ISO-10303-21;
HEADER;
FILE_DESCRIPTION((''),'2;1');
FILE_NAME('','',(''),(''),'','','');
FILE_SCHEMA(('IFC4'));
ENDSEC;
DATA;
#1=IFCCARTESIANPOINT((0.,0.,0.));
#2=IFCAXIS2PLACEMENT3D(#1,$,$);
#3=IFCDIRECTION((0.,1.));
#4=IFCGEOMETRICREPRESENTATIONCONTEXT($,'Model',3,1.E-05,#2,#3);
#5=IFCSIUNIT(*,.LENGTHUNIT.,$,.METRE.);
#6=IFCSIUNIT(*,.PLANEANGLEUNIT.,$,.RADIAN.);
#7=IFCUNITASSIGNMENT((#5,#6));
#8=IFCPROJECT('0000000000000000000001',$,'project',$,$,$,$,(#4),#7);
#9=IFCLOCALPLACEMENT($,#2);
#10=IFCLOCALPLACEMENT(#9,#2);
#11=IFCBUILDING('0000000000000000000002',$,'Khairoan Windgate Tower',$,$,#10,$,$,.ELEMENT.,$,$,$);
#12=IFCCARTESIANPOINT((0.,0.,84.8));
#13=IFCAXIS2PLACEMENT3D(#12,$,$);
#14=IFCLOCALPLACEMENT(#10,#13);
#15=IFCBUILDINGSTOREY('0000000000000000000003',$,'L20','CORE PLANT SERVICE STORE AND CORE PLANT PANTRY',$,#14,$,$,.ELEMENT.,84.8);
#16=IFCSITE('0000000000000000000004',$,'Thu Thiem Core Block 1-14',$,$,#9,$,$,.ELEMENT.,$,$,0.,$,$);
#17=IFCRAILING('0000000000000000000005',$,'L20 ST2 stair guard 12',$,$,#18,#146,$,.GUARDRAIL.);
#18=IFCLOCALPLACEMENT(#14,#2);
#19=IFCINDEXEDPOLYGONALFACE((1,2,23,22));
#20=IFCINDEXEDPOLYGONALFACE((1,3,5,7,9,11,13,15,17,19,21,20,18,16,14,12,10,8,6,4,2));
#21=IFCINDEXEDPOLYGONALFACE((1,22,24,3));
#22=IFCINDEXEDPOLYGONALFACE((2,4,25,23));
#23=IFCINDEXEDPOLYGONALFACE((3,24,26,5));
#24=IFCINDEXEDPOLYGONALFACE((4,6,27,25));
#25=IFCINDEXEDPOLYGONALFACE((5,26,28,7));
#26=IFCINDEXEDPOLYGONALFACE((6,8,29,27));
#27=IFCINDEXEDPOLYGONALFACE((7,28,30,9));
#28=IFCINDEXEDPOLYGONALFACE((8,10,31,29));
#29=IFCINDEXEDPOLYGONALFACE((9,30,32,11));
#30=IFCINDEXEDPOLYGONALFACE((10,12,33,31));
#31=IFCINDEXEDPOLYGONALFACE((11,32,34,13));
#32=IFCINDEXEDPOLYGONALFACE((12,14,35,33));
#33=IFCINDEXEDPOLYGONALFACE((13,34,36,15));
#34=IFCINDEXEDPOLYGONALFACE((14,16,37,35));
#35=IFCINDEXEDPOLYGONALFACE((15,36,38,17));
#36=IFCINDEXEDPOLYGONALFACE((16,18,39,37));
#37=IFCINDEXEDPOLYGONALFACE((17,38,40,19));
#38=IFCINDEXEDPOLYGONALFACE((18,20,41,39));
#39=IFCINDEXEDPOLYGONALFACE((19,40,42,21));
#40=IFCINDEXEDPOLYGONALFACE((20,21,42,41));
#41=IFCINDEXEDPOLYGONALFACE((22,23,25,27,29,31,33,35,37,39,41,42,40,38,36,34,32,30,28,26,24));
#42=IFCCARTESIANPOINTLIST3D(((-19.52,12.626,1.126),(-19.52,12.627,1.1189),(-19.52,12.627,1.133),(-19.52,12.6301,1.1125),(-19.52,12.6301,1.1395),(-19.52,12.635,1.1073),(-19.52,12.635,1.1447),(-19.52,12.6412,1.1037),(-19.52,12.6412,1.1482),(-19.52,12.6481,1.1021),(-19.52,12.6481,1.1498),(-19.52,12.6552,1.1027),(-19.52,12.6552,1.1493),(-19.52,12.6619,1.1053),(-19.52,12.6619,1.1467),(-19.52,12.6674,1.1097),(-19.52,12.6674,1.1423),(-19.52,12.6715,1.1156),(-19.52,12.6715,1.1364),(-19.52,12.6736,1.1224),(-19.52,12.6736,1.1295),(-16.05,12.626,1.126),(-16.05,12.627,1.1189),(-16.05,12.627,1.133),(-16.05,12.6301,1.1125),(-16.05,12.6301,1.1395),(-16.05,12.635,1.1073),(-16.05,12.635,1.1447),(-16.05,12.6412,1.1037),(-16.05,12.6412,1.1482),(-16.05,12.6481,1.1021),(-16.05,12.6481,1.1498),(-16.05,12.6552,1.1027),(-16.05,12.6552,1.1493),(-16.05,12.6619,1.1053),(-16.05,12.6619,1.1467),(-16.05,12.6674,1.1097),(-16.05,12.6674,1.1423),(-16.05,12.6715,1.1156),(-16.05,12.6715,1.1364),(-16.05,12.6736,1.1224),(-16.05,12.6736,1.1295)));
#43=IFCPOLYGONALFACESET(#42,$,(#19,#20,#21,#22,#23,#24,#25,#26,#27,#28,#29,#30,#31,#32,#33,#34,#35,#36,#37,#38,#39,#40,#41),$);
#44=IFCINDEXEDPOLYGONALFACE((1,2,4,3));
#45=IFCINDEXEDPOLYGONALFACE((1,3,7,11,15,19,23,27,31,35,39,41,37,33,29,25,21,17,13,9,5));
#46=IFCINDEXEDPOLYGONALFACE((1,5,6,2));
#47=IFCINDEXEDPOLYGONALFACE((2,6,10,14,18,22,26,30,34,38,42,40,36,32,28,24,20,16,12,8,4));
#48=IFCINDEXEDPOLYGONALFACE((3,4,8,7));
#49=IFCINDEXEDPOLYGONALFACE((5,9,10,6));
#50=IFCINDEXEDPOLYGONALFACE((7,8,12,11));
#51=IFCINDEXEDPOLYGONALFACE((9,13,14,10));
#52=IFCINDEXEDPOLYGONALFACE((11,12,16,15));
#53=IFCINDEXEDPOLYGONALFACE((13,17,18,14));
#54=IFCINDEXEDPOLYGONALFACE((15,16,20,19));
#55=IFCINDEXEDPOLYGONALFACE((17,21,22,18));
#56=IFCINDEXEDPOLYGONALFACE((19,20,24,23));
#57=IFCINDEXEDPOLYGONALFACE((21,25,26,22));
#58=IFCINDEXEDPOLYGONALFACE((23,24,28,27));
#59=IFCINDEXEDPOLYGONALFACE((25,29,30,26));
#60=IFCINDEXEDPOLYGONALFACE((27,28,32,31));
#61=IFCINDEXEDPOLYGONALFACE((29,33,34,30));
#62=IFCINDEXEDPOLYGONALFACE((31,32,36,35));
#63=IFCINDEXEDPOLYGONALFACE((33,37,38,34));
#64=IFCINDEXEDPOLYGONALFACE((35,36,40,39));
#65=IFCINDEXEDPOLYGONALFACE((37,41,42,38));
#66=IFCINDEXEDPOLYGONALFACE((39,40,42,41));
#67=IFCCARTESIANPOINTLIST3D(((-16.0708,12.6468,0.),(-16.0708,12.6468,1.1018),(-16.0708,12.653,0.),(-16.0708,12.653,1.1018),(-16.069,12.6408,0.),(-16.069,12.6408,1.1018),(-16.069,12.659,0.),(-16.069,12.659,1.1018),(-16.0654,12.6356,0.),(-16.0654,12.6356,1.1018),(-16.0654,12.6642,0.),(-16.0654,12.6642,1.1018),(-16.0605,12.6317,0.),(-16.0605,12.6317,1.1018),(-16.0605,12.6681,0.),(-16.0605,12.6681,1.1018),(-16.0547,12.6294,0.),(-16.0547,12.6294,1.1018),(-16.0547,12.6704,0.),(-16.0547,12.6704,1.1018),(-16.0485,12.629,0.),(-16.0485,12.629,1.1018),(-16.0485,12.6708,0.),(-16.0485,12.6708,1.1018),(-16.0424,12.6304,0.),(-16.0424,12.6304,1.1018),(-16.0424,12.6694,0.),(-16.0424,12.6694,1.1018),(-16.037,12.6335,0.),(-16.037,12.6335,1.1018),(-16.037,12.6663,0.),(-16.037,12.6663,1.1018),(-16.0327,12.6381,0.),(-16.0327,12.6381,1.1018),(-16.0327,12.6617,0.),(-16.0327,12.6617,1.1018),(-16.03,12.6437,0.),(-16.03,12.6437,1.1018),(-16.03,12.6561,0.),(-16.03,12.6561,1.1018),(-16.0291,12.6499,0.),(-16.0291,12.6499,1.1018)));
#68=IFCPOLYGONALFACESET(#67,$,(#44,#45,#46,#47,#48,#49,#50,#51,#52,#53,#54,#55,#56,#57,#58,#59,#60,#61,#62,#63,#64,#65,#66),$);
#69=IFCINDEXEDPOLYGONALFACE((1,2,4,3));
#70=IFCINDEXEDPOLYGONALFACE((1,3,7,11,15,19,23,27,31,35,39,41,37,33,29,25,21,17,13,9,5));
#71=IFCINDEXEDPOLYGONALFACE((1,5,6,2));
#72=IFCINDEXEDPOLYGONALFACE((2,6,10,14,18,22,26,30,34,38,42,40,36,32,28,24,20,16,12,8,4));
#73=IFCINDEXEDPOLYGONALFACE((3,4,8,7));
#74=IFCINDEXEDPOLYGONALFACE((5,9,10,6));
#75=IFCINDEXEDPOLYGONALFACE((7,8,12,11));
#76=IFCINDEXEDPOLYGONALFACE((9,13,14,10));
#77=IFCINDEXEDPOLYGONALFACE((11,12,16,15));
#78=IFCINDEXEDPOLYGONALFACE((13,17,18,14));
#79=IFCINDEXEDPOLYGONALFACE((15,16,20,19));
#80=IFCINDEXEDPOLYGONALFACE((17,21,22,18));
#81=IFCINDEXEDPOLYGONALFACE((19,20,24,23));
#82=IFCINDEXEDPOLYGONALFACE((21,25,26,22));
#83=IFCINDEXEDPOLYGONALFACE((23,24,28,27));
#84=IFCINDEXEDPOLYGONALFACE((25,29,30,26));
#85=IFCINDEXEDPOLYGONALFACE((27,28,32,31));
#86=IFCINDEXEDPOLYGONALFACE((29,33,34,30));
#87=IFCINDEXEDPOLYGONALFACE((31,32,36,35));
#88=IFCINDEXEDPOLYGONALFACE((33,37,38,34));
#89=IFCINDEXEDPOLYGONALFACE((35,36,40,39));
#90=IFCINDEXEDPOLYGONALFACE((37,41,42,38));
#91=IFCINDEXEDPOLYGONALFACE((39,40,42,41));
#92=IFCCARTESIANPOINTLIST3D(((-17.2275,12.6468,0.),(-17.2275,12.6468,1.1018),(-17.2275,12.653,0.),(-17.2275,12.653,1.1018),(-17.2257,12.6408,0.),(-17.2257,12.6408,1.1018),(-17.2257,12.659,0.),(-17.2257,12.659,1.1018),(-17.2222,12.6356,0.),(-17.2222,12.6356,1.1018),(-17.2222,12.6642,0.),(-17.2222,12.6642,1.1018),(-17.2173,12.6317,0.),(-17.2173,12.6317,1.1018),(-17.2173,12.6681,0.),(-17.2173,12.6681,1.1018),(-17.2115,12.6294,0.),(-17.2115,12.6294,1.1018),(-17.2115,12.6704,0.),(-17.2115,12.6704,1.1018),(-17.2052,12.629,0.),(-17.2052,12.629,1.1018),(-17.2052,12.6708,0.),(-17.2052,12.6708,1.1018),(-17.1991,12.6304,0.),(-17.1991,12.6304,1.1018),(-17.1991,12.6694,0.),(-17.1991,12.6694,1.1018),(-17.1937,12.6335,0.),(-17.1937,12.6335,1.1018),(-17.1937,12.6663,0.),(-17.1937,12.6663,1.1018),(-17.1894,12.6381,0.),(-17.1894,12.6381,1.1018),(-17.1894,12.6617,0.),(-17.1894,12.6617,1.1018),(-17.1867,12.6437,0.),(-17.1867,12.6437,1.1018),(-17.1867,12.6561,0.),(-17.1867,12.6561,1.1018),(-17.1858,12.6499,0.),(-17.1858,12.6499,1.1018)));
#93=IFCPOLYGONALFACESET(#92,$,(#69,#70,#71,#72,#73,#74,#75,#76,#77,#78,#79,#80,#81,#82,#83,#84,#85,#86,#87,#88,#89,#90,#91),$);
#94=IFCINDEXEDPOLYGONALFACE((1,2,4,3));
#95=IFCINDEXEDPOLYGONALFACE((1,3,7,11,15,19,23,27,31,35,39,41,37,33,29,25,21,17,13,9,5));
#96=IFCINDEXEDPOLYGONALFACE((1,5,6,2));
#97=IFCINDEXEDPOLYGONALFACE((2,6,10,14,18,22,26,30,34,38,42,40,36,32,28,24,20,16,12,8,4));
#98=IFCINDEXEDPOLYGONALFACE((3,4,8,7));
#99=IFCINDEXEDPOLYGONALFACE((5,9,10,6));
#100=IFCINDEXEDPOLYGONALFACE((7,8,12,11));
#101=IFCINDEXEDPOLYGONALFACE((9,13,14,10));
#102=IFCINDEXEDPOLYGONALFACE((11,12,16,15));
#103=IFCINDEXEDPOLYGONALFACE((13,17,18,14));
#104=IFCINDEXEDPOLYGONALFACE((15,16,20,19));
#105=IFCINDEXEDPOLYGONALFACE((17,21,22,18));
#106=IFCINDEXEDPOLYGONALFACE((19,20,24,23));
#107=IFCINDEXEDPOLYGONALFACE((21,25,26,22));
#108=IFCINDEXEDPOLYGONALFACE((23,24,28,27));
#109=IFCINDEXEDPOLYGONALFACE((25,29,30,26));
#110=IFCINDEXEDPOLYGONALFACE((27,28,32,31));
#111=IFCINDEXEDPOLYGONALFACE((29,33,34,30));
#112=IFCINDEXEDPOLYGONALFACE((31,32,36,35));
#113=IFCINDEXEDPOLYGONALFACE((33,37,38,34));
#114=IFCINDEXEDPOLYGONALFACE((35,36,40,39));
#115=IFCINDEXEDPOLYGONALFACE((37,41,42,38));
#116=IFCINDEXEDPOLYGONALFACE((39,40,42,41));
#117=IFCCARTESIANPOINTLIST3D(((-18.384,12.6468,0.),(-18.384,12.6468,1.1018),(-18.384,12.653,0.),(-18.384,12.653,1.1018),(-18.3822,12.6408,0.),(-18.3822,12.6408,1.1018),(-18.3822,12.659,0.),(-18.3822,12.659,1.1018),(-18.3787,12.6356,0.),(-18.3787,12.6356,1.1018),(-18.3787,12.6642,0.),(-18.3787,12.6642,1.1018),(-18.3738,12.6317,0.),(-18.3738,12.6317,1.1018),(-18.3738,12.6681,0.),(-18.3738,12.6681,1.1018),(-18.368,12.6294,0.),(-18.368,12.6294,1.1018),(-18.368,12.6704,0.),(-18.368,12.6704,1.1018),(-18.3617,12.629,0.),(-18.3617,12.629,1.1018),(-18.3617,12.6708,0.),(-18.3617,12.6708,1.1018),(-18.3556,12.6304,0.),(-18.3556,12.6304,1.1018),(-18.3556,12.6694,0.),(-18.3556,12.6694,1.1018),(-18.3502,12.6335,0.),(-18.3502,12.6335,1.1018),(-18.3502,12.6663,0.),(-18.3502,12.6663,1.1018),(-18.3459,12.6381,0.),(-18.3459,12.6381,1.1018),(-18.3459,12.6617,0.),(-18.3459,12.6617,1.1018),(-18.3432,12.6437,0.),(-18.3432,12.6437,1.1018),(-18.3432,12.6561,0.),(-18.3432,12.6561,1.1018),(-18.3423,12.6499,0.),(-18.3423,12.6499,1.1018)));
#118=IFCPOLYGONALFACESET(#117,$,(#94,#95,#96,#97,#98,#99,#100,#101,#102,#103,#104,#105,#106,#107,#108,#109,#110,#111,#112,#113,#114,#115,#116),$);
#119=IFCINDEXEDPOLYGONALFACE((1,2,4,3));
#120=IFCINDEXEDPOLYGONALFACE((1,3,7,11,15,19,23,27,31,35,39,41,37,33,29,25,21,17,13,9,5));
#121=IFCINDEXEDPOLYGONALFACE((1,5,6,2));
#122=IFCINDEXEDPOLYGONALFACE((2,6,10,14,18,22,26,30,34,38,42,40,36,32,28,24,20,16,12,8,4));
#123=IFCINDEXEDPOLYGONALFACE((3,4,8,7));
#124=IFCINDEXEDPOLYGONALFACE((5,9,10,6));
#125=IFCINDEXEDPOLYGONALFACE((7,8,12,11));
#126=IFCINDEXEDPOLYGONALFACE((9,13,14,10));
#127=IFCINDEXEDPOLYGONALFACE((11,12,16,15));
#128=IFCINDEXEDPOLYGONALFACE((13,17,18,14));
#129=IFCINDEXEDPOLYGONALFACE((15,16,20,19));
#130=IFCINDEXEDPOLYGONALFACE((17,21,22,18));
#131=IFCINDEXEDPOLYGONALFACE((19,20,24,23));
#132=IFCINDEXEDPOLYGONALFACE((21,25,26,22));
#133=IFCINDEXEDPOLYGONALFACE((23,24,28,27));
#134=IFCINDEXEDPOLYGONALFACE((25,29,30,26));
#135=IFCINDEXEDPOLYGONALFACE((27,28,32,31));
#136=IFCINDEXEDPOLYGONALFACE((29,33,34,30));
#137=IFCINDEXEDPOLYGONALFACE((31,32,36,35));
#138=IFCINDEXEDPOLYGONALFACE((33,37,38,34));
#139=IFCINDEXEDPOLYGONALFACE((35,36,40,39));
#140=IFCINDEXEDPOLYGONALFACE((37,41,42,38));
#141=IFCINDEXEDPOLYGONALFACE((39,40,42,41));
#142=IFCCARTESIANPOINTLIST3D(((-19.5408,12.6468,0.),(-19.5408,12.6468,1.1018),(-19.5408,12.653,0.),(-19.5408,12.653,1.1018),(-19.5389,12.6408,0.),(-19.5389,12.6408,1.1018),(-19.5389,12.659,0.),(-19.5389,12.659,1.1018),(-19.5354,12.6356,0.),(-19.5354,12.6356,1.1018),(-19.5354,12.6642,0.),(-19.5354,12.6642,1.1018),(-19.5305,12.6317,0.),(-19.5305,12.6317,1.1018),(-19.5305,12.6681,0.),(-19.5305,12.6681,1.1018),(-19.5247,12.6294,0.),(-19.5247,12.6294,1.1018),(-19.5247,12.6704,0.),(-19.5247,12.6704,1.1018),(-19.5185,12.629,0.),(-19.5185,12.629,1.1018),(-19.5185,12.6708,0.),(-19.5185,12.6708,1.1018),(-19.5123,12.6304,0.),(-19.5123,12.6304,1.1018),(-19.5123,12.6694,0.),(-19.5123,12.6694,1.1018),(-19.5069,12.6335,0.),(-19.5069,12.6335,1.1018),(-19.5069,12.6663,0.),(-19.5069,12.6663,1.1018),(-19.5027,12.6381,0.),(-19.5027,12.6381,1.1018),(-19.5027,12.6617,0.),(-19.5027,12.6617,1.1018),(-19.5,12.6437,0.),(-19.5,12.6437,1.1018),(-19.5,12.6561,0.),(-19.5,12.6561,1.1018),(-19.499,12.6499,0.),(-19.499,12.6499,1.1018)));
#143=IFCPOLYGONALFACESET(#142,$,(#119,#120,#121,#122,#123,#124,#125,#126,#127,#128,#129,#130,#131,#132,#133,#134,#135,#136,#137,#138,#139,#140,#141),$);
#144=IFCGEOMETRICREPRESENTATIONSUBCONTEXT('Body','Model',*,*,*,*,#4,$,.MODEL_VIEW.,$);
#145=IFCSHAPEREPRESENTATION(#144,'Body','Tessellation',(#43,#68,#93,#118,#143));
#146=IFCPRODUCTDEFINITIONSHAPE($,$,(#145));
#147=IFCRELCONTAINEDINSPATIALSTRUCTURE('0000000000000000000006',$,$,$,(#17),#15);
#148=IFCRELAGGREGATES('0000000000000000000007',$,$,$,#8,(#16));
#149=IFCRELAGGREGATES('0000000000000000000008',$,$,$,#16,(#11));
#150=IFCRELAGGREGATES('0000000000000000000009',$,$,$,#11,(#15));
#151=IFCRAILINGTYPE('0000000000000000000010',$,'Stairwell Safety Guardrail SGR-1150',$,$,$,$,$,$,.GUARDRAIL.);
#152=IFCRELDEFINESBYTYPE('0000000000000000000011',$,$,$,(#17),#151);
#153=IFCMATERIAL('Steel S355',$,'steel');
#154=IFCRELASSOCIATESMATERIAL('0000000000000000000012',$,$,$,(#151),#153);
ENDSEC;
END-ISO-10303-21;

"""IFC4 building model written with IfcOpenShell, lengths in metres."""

from ifc_helpers import new_model, si_unit, direction, frame, origin, origin_2d, place, context, subcontext, project, spatial, circle, extrude, material, type_object, element, save


model = new_model("IFC4")

# Units and contexts
model_context = context("Model", 3, precision=1e-05, world=origin(), true_north=direction((0.0, 1.0)))
body_context = subcontext(model_context, "Body", "Model", "MODEL_VIEW")
ifc_project = project(units=[si_unit("LENGTHUNIT", "METRE"), si_unit("PLANEANGLEUNIT", "RADIAN")], contexts=[model_context])

# Site, building, storey
site_placement = place(None, origin())
site = spatial("IfcSite", under=ifc_project, at=site_placement, Name="Thu Thiem Core Block 1-14", CompositionType="ELEMENT", RefElevation=0.0)
building_placement = place(site_placement, origin())
building = spatial("IfcBuilding", under=site, at=building_placement, Name="Khairoan Windgate Tower", CompositionType="ELEMENT")
storey_placement = place(building_placement, frame((0.0, 0.0, 84.8)))
storey = spatial("IfcBuildingStorey", under=building, at=storey_placement, Name="L20", Description="CORE PLANT SERVICE STORE AND CORE PLANT PANTRY", CompositionType="ELEMENT", Elevation=84.8)

# Railing
ifc_material_1 = material(Name="Steel S355", Category="steel")
railing_type_1 = type_object("IfcRailingType", Name="Stairwell Safety Guardrail SGR-1150", PredefinedType="GUARDRAIL", material=ifc_material_1)
railing_1_placement = place(storey_placement, frame((-16.05, 12.6499, 0.0)))
element("IfcRailing", 1, at=railing_1_placement, inside=storey, type_object=railing_type_1, Name="L20 ST2 stair guard 12", PredefinedType="GUARDRAIL", context=body_context, shape_type="SweptSolid", body=[
    extrude(circle(Radius=0.0239, at=origin_2d()), frame((0.0, 0.0, 1.126), z_axis=(-1.0, 0.0, 0.0), x_axis=(0.0, -1.0, 0.0)), (0.0, 0.0, 1.0), 3.47),
    extrude(circle(Radius=0.021, at=origin_2d()), origin(), (0.0, 0.0, 1.0), 1.1018),
    extrude(circle(Radius=0.021, at=origin_2d()), frame((-1.1567, 0.0, 0.0)), (0.0, 0.0, 1.0), 1.1018),
    extrude(circle(Radius=0.021, at=origin_2d()), frame((-2.3132, 0.0, 0.0)), (0.0, 0.0, 1.0), 1.1018),
    extrude(circle(Radius=0.021, at=origin_2d()), frame((-3.47, 0.0, 0.0)), (0.0, 0.0, 1.0), 1.1018),
])

save(model, "model.ifc")
